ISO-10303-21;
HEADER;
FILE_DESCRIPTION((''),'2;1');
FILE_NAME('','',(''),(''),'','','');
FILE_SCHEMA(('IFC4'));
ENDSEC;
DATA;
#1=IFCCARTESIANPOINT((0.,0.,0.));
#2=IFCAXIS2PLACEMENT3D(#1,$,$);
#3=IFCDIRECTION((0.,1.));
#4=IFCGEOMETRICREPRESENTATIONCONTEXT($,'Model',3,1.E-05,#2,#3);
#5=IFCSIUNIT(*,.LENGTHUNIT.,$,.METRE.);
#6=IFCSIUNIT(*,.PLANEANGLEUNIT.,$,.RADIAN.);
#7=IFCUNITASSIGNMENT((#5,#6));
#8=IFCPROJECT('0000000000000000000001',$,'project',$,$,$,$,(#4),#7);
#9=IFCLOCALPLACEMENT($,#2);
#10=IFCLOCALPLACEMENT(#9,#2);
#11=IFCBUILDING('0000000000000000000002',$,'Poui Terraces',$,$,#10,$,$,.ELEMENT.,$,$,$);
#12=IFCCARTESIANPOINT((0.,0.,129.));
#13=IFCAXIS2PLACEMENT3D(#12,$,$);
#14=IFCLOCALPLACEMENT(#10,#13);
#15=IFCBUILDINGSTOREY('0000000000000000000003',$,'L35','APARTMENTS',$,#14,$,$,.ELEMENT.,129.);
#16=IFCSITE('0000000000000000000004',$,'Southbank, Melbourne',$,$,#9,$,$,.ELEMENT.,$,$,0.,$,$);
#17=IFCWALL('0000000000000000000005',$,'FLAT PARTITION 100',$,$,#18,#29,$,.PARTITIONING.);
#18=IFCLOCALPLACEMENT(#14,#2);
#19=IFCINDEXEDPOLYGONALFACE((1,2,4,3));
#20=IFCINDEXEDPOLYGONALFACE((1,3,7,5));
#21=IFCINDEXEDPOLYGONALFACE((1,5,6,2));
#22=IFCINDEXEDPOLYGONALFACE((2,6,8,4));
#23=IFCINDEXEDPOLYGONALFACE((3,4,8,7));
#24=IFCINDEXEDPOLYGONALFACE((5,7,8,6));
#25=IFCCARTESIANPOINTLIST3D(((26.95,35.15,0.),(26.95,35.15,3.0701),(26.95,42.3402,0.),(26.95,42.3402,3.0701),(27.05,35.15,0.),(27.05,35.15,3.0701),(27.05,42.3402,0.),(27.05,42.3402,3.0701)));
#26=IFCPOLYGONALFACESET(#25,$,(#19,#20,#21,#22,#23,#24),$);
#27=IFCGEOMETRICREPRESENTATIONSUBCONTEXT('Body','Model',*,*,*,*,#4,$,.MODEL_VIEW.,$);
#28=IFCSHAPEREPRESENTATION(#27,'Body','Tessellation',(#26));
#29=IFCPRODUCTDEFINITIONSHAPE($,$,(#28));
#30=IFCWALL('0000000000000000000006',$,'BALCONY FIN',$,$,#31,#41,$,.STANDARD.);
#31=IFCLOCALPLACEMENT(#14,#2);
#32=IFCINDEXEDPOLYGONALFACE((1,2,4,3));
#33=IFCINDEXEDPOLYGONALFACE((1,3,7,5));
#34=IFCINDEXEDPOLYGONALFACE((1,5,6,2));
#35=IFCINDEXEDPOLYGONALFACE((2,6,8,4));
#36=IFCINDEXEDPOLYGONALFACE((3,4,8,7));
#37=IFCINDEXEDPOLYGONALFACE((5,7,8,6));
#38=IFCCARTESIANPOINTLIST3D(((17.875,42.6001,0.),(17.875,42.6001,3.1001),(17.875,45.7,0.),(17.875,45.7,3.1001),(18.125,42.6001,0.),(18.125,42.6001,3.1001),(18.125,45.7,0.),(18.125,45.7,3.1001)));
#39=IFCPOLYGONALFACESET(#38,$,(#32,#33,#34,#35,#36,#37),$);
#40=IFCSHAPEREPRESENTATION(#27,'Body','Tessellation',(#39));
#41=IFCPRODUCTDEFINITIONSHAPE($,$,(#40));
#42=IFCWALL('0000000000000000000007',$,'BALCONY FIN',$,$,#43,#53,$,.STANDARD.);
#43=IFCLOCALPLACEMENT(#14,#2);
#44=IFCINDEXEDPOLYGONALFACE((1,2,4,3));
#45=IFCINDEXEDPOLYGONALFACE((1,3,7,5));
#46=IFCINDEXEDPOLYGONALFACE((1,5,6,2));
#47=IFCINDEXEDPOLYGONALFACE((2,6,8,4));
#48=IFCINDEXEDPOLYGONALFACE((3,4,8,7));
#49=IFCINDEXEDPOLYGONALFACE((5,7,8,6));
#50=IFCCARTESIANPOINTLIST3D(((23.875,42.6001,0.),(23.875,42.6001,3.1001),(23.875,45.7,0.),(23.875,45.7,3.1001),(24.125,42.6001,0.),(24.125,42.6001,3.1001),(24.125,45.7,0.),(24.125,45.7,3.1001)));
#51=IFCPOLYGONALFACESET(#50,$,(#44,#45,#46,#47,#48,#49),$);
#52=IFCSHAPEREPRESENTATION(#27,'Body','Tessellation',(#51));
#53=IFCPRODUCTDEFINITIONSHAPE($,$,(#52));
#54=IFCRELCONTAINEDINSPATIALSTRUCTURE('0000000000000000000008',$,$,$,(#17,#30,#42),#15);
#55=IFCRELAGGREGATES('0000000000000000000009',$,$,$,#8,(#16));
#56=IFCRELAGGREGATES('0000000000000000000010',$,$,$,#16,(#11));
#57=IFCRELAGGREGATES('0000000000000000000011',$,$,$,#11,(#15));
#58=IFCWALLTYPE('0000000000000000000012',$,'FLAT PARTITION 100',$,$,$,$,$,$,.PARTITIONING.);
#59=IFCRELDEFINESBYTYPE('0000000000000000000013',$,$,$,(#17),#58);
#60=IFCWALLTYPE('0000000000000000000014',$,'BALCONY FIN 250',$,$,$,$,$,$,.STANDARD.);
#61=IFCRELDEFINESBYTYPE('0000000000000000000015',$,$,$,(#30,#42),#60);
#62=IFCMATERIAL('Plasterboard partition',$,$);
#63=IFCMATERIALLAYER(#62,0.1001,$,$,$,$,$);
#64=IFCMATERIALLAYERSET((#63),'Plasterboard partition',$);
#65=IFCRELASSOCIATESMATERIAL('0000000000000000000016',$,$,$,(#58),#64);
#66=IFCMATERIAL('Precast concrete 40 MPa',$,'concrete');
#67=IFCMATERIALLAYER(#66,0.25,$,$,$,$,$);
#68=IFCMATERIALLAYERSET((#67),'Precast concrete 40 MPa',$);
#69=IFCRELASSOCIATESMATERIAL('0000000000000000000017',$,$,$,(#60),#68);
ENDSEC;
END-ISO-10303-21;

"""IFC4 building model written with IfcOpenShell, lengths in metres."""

from ifc_helpers import new_model, si_unit, direction, frame, frame_2d, origin, place, context, subcontext, project, spatial, polyline, rectangle, outline, extrude, source, transform, mapped, material, layer, layer_set, type_object, element, save


model = new_model("IFC4")

# Units and contexts
model_context = context("Model", 3, precision=1e-05, world=origin(), true_north=direction((0.0, 1.0)))
body_context = subcontext(model_context, "Body", "Model", "MODEL_VIEW")
ifc_project = project(units=[si_unit("LENGTHUNIT", "METRE"), si_unit("PLANEANGLEUNIT", "RADIAN")], contexts=[model_context])

# Site, building, storey
site_placement = place(None, origin())
site = spatial("IfcSite", under=ifc_project, at=site_placement, Name="Southbank, Melbourne", CompositionType="ELEMENT", RefElevation=0.0)
building_placement = place(site_placement, origin())
building = spatial("IfcBuilding", under=site, at=building_placement, Name="Poui Terraces", CompositionType="ELEMENT")
storey_placement = place(building_placement, frame((0.0, 0.0, 129.0)))
storey = spatial("IfcBuildingStorey", under=building, at=storey_placement, Name="L35", Description="APARTMENTS", CompositionType="ELEMENT", Elevation=129.0)

# Shared definitions
ifc_material_1 = material(Name="Plasterboard partition")
ifc_layer_1 = layer(ifc_material_1, 0.1001)
ifc_layer_set_1 = layer_set([ifc_layer_1], Name="Plasterboard partition")
wall_type_1 = type_object("IfcWallType", Name="FLAT PARTITION 100", PredefinedType="PARTITIONING", material=ifc_layer_set_1)

# Walls
wall_1_placement = place(storey_placement, frame((27.0, 35.1499, 0.0), z_axis=(0.0, 0.0, 1.0), x_axis=(0.0, 1.0, 0.0)))
element("IfcWall", 1, at=wall_1_placement, inside=storey, type_object=wall_type_1, Name="FLAT PARTITION 100", PredefinedType="PARTITIONING", context=body_context, shape_type="SweptSolid", body=[
    extrude(rectangle(XDim=7.1902, YDim=0.1001, at=frame_2d((3.5952, 0.0))), origin(), (0.0, 0.0, 1.0), 3.0701),
])
ifc_material_2 = material(Name="Precast concrete 40 MPa", Category="concrete")
ifc_layer_2 = layer(ifc_material_2, 0.25)
ifc_layer_set_2 = layer_set([ifc_layer_2], Name="Precast concrete 40 MPa")
wall_type_2 = type_object("IfcWallType", Name="BALCONY FIN 250", PredefinedType="STANDARD", material=ifc_layer_set_2)
shared_shape_1 = source(origin(), body_context, "Body", "SweptSolid", [
    extrude(outline(polyline([(0.0, 0.0), (0.25, 0.0), (0.25, 3.0999), (0.0, 3.0999), (0.0, 0.0)])), origin(), (0.0, 0.0, 1.0), 3.1001),
])
for number, where, name in (
    (2, (17.875, 42.6001, 0.0), "BALCONY FIN"),
    (3, (23.875, 42.6001, 0.0), "BALCONY FIN"),
):
    element("IfcWall", number, at=place(storey_placement, frame(where)), inside=storey, type_object=wall_type_2, Name=name, PredefinedType="STANDARD", context=body_context, shape_type="MappedRepresentation", body=[
        mapped(shared_shape_1, transform((0.0, 0.0, 0.0))),
    ])

save(model, "model.ifc")
